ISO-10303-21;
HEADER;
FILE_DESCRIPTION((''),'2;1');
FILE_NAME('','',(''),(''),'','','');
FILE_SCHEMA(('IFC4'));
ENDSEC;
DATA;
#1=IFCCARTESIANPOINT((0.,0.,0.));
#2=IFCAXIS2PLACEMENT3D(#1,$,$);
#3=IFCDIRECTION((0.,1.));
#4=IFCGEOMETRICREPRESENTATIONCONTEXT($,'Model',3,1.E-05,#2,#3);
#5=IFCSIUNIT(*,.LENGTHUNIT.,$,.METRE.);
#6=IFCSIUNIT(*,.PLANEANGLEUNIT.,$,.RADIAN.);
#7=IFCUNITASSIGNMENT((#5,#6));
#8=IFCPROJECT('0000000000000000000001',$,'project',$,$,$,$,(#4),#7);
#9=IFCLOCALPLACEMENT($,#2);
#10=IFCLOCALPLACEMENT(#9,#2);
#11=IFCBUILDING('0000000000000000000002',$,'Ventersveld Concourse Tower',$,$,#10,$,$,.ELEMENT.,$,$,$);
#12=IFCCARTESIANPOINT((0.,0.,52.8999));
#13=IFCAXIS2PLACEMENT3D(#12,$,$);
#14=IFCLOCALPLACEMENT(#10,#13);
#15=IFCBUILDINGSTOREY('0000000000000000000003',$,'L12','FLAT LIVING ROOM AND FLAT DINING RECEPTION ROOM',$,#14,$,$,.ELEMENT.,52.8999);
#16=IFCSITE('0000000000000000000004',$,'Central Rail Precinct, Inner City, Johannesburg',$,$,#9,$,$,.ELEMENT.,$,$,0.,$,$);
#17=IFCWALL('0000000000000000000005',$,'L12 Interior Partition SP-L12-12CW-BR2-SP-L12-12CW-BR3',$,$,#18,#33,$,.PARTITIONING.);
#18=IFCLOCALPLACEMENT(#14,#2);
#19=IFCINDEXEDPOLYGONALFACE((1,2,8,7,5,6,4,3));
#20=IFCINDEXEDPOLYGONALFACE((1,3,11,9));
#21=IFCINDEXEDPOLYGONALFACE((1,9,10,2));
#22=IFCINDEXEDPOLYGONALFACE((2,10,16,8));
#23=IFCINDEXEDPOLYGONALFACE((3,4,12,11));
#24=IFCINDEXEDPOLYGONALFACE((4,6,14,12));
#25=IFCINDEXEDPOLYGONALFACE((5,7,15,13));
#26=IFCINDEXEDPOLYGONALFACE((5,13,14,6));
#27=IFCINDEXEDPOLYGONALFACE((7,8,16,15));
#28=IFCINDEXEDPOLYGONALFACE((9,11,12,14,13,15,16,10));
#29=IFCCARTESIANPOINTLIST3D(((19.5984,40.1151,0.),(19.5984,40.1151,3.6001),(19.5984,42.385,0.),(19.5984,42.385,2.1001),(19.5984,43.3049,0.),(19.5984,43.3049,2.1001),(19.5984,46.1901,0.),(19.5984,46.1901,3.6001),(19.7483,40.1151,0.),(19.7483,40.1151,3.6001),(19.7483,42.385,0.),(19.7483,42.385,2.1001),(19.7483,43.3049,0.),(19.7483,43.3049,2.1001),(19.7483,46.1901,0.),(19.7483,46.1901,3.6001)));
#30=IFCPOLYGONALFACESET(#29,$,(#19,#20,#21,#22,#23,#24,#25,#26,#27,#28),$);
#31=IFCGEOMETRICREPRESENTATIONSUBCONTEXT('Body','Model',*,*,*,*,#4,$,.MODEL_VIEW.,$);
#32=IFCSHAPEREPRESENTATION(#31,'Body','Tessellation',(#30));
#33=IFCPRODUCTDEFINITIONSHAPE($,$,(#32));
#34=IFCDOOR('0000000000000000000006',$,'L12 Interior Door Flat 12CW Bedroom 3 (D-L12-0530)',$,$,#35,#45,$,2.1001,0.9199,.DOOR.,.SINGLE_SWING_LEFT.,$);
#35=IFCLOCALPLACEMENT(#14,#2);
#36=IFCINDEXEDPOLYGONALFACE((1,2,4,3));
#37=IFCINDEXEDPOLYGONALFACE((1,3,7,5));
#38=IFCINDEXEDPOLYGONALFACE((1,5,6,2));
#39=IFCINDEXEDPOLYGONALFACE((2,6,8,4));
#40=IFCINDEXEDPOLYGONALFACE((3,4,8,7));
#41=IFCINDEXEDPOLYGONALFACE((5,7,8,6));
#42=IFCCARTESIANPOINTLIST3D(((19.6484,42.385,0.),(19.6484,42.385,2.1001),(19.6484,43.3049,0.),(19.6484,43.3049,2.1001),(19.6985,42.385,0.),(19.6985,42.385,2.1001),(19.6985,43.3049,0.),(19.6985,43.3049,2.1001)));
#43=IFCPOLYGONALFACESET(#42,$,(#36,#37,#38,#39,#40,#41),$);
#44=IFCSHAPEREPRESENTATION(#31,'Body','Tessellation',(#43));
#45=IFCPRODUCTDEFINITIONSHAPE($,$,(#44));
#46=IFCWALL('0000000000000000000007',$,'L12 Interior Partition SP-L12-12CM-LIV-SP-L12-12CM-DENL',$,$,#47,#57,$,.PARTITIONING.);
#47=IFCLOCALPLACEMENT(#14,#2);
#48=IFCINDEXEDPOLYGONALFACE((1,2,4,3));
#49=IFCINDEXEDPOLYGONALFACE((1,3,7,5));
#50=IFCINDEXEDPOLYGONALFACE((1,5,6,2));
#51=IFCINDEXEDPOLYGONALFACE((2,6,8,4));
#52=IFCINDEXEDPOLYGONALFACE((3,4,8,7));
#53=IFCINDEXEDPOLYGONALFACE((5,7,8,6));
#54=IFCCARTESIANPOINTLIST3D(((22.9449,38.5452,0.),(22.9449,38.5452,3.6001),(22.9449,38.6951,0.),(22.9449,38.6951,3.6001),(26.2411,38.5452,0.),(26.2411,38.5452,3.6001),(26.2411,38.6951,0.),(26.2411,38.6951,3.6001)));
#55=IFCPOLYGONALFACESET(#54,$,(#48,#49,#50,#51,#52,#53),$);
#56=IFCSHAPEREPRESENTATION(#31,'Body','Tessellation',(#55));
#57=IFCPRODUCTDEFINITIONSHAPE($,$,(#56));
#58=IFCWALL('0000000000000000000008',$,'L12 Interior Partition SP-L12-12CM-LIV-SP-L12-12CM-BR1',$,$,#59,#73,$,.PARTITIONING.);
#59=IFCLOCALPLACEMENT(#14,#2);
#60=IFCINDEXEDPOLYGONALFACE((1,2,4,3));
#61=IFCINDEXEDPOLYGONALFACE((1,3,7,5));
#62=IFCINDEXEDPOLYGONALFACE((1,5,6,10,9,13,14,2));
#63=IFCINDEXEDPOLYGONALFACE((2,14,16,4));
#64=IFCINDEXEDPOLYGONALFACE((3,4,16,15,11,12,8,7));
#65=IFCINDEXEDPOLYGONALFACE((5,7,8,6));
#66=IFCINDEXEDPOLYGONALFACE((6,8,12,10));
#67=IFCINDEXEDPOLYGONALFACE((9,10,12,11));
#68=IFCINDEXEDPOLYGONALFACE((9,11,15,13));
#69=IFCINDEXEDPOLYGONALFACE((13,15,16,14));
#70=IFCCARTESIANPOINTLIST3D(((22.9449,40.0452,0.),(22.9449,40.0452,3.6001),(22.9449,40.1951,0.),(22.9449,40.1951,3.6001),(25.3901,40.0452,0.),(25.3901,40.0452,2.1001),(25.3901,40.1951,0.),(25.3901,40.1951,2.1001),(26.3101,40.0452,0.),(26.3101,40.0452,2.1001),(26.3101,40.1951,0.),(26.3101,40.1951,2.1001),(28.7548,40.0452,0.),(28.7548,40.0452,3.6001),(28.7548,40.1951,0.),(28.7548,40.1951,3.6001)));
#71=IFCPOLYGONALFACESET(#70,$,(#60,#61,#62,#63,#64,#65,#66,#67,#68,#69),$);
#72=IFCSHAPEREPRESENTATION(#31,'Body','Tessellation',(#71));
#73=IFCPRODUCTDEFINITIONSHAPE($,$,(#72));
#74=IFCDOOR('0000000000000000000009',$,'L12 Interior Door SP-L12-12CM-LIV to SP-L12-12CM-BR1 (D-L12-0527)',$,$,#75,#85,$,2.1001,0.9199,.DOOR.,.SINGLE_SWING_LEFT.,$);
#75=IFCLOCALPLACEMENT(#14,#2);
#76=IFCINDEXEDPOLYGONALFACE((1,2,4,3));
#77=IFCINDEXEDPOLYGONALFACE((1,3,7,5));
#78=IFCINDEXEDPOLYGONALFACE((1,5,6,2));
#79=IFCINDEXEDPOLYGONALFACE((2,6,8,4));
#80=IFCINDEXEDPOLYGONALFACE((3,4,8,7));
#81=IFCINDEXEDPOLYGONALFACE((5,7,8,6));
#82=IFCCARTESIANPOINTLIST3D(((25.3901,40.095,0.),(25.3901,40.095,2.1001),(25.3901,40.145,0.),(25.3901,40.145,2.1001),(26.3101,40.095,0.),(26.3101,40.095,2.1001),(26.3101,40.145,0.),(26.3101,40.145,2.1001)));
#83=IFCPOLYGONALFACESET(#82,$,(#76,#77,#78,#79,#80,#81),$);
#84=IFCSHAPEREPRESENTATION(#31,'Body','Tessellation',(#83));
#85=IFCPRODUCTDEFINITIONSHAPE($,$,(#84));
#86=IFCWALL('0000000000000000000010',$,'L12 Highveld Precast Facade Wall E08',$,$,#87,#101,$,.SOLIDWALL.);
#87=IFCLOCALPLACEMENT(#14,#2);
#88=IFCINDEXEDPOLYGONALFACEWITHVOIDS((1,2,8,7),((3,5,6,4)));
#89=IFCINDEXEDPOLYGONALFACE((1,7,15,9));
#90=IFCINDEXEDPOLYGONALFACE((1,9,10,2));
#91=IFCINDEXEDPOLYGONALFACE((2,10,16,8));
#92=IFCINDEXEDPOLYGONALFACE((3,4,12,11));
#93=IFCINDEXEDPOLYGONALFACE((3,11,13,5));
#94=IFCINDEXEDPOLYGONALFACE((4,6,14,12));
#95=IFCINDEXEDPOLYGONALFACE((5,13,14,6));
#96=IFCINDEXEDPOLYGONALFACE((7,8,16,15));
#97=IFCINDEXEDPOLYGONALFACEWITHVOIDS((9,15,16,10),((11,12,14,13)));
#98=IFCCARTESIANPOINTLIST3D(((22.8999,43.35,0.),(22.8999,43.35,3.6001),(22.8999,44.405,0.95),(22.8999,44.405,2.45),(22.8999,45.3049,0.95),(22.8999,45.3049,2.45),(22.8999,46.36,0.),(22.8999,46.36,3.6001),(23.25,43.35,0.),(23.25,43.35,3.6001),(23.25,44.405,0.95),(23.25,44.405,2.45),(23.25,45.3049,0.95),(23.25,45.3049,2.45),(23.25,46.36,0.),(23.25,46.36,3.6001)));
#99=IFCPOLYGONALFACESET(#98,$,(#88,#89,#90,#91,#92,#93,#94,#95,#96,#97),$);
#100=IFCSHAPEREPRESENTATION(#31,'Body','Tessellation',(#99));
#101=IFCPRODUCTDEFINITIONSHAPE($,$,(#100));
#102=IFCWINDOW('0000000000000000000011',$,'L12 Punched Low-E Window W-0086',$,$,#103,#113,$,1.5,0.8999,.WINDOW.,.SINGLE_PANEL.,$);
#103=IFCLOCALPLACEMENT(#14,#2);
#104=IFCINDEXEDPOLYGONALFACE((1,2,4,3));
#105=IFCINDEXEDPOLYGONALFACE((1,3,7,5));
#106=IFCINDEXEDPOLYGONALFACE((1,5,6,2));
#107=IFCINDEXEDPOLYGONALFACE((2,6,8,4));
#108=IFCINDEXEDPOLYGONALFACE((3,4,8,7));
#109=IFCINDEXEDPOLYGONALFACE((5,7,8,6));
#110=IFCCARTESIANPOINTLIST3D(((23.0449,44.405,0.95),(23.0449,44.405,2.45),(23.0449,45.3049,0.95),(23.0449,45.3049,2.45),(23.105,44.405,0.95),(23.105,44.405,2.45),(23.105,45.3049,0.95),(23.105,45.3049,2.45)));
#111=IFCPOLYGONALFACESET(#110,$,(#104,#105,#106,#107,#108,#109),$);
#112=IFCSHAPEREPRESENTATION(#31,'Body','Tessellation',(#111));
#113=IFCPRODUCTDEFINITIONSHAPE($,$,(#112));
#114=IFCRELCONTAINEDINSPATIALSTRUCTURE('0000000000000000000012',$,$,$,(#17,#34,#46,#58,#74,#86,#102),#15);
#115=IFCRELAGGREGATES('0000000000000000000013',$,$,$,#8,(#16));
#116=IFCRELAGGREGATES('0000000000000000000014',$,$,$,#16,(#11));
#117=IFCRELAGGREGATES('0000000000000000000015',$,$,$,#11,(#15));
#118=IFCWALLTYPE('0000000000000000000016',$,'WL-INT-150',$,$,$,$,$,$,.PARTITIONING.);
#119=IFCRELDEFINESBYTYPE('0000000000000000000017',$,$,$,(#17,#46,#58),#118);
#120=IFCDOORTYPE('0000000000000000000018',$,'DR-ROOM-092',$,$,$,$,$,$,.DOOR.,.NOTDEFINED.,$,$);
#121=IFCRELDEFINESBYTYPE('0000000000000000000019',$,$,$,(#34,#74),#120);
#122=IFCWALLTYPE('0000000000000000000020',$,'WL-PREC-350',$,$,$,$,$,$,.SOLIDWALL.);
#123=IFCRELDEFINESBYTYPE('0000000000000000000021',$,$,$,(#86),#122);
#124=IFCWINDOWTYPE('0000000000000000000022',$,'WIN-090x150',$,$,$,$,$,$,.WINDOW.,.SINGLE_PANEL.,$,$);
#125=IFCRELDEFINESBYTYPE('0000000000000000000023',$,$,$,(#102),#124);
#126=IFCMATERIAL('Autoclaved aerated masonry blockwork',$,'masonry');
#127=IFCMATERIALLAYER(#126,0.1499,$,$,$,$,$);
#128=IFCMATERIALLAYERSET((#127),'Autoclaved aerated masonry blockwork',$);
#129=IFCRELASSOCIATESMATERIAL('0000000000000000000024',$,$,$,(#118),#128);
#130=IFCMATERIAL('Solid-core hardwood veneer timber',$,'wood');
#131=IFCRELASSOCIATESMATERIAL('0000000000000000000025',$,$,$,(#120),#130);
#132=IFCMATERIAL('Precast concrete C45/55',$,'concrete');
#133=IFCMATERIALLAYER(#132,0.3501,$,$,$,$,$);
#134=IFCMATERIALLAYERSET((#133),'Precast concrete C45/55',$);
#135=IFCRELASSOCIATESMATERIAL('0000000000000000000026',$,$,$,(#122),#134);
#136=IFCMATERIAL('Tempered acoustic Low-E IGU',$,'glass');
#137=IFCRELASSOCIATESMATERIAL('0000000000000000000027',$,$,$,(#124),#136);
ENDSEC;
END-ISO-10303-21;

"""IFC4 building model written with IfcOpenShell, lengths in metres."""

from ifc_helpers import new_model, si_unit, direction, frame, frame_2d, origin, place, context, subcontext, project, spatial, rectangle, extrude, material, layer, layer_set, type_object, element, fill, save


model = new_model("IFC4")

# Units and contexts
model_context = context("Model", 3, precision=1e-05, world=origin(), true_north=direction((0.0, 1.0)))
body_context = subcontext(model_context, "Body", "Model", "MODEL_VIEW")
ifc_project = project(units=[si_unit("LENGTHUNIT", "METRE"), si_unit("PLANEANGLEUNIT", "RADIAN")], contexts=[model_context])

# Site, building, storey
site_placement = place(None, origin())
site = spatial("IfcSite", under=ifc_project, at=site_placement, Name="Central Rail Precinct, Inner City, Johannesburg", CompositionType="ELEMENT", RefElevation=0.0)
building_placement = place(site_placement, origin())
building = spatial("IfcBuilding", under=site, at=building_placement, Name="Ventersveld Concourse Tower", CompositionType="ELEMENT")
storey_placement = place(building_placement, frame((0.0, 0.0, 52.8999)))
storey = spatial("IfcBuildingStorey", under=building, at=storey_placement, Name="L12", Description="FLAT LIVING ROOM AND FLAT DINING RECEPTION ROOM", CompositionType="ELEMENT", Elevation=52.8999)

# Shared definitions
ifc_material_1 = material(Name="Autoclaved aerated masonry blockwork", Category="masonry")
ifc_layer_1 = layer(ifc_material_1, 0.1499)
ifc_layer_set_1 = layer_set([ifc_layer_1], Name="Autoclaved aerated masonry blockwork")
wall_type_1 = type_object("IfcWallType", Name="WL-INT-150", PredefinedType="PARTITIONING", material=ifc_layer_set_1)

# Shared definitions
ifc_material_2 = material(Name="Solid-core hardwood veneer timber", Category="wood")
door_type = type_object("IfcDoorType", Name="DR-ROOM-092", OperationType="NOTDEFINED", PredefinedType="DOOR", material=ifc_material_2)

# Wall, opening, door
wall_1_placement = place(storey_placement, frame((19.6733, 40.115, 0.0), z_axis=(0.0, 0.0, 1.0), x_axis=(0.0, 1.0, 0.0)))
wall_1 = element("IfcWall", 1, at=wall_1_placement, inside=storey, type_object=wall_type_1, Name="L12 Interior Partition SP-L12-12CW-BR2-SP-L12-12CW-BR3", PredefinedType="PARTITIONING", context=body_context, shape_type="SweptSolid", body=[
    extrude(rectangle(XDim=6.075, YDim=0.1499, at=frame_2d((3.0376, 0.0))), origin(), (0.0, 0.0, 1.0), 3.6001),
])
opening_1_placement = place(wall_1_placement, frame((2.27, 0.0, 0.0)))
opening_1 = element("IfcOpeningElement", 2, at=opening_1_placement, cuts=wall_1, PredefinedType="OPENING", context=body_context, shape_type="SweptSolid", body=[
    extrude(rectangle(XDim=0.9199, YDim=2.1001, at=frame_2d((0.46, 1.05))), frame((0.0, 0.085, 0.0), z_axis=(0.0, -1.0, 0.0), x_axis=(1.0, 0.0, 0.0)), (0.0, 0.0, 1.0), 0.1699),
])
door_1_placement = place(opening_1_placement, origin())
door_1 = element("IfcDoor", 3, at=door_1_placement, inside=storey, type_object=door_type, Name="L12 Interior Door Flat 12CW Bedroom 3 (D-L12-0530)", OperationType="SINGLE_SWING_LEFT", OverallHeight=2.1001, OverallWidth=0.9199, PredefinedType="DOOR", context=body_context, shape_type="SweptSolid", body=[
    extrude(rectangle(XDim=0.9199, YDim=2.1001, at=frame_2d((0.46, 1.05))), frame((0.0, 0.0249, 0.0), z_axis=(0.0, -1.0, 0.0), x_axis=(1.0, 0.0, 0.0)), (0.0, 0.0, 1.0), 0.05),
])
fill(opening_1, door_1)

# Wall
wall_2_placement = place(storey_placement, frame((22.9451, 38.6201, 0.0), z_axis=(0.0, 0.0, 1.0), x_axis=(1.0, 0.0, 0.0)))
element("IfcWall", 4, at=wall_2_placement, inside=storey, type_object=wall_type_1, Name="L12 Interior Partition SP-L12-12CM-LIV-SP-L12-12CM-DENL", PredefinedType="PARTITIONING", context=body_context, shape_type="SweptSolid", body=[
    extrude(rectangle(XDim=3.2961, YDim=0.1499, at=frame_2d((1.6479, 0.0))), origin(), (0.0, 0.0, 1.0), 3.6001),
])

# Wall, opening, door
wall_3_placement = place(storey_placement, frame((22.9451, 40.1201, 0.0), z_axis=(0.0, 0.0, 1.0), x_axis=(1.0, 0.0, 0.0)))
wall_3 = element("IfcWall", 5, at=wall_3_placement, inside=storey, type_object=wall_type_1, Name="L12 Interior Partition SP-L12-12CM-LIV-SP-L12-12CM-BR1", PredefinedType="PARTITIONING", context=body_context, shape_type="SweptSolid", body=[
    extrude(rectangle(XDim=5.8098, YDim=0.1499, at=frame_2d((2.9048, 0.0))), origin(), (0.0, 0.0, 1.0), 3.6001),
])
opening_2_placement = place(wall_3_placement, frame((2.4451, 0.0, 0.0)))
opening_2 = element("IfcOpeningElement", 6, at=opening_2_placement, cuts=wall_3, PredefinedType="OPENING", context=body_context, shape_type="SweptSolid", body=[
    extrude(rectangle(XDim=0.9199, YDim=2.1001, at=frame_2d((0.46, 1.05))), frame((0.0, 0.085, 0.0), z_axis=(0.0, -1.0, 0.0), x_axis=(1.0, 0.0, 0.0)), (0.0, 0.0, 1.0), 0.1699),
])
door_2_placement = place(opening_2_placement, origin())
door_2 = element("IfcDoor", 7, at=door_2_placement, inside=storey, type_object=door_type, Name="L12 Interior Door SP-L12-12CM-LIV to SP-L12-12CM-BR1 (D-L12-0527)", OperationType="SINGLE_SWING_LEFT", OverallHeight=2.1001, OverallWidth=0.9199, PredefinedType="DOOR", context=body_context, shape_type="SweptSolid", body=[
    extrude(rectangle(XDim=0.9199, YDim=2.1001, at=frame_2d((0.46, 1.05))), frame((0.0, 0.0249, 0.0), z_axis=(0.0, -1.0, 0.0), x_axis=(1.0, 0.0, 0.0)), (0.0, 0.0, 1.0), 0.05),
])
fill(opening_2, door_2)

# Wall, opening, window
ifc_material_3 = material(Name="Precast concrete C45/55", Category="concrete")
ifc_layer_2 = layer(ifc_material_3, 0.3501)
ifc_layer_set_2 = layer_set([ifc_layer_2], Name="Precast concrete C45/55")
wall_type_2 = type_object("IfcWallType", Name="WL-PREC-350", PredefinedType="SOLIDWALL", material=ifc_layer_set_2)
wall_4_placement = place(storey_placement, frame((23.075, 43.3501, 0.0), z_axis=(0.0, 0.0, 1.0), x_axis=(0.0, 1.0, 0.0)))
wall_4 = element("IfcWall", 8, at=wall_4_placement, inside=storey, type_object=wall_type_2, Name="L12 Highveld Precast Facade Wall E08", PredefinedType="SOLIDWALL", context=body_context, shape_type="SweptSolid", body=[
    extrude(rectangle(XDim=3.01, YDim=0.3501, at=frame_2d((1.5049, 0.0))), origin(), (0.0, 0.0, 1.0), 3.6001),
])
opening_3_placement = place(wall_4_placement, frame((1.0549, 0.0, 0.95)))
opening_3 = element("IfcOpeningElement", 9, at=opening_3_placement, cuts=wall_4, PredefinedType="OPENING", context=body_context, shape_type="SweptSolid", body=[
    extrude(rectangle(XDim=0.8999, YDim=1.5, at=frame_2d((0.45, 0.75))), frame((0.0, 0.1851, 0.0), z_axis=(0.0, -1.0, 0.0), x_axis=(1.0, 0.0, 0.0)), (0.0, 0.0, 1.0), 0.3701),
])
ifc_material_4 = material(Name="Tempered acoustic Low-E IGU", Category="glass")
window_type_1 = type_object("IfcWindowType", Name="WIN-090x150", PartitioningType="SINGLE_PANEL", PredefinedType="WINDOW", material=ifc_material_4)
window_1_placement = place(opening_3_placement, origin())
window_1 = element("IfcWindow", 10, at=window_1_placement, inside=storey, type_object=window_type_1, Name="L12 Punched Low-E Window W-0086", OverallHeight=1.5, OverallWidth=0.8999, PartitioningType="SINGLE_PANEL", PredefinedType="WINDOW", context=body_context, shape_type="SweptSolid", body=[
    extrude(rectangle(XDim=0.8999, YDim=1.5, at=frame_2d((0.45, 0.75))), frame((0.0, 0.03, 0.0), z_axis=(0.0, -1.0, 0.0), x_axis=(1.0, 0.0, 0.0)), (0.0, 0.0, 1.0), 0.0601),
])
fill(opening_3, window_1)

save(model, "model.ifc")
